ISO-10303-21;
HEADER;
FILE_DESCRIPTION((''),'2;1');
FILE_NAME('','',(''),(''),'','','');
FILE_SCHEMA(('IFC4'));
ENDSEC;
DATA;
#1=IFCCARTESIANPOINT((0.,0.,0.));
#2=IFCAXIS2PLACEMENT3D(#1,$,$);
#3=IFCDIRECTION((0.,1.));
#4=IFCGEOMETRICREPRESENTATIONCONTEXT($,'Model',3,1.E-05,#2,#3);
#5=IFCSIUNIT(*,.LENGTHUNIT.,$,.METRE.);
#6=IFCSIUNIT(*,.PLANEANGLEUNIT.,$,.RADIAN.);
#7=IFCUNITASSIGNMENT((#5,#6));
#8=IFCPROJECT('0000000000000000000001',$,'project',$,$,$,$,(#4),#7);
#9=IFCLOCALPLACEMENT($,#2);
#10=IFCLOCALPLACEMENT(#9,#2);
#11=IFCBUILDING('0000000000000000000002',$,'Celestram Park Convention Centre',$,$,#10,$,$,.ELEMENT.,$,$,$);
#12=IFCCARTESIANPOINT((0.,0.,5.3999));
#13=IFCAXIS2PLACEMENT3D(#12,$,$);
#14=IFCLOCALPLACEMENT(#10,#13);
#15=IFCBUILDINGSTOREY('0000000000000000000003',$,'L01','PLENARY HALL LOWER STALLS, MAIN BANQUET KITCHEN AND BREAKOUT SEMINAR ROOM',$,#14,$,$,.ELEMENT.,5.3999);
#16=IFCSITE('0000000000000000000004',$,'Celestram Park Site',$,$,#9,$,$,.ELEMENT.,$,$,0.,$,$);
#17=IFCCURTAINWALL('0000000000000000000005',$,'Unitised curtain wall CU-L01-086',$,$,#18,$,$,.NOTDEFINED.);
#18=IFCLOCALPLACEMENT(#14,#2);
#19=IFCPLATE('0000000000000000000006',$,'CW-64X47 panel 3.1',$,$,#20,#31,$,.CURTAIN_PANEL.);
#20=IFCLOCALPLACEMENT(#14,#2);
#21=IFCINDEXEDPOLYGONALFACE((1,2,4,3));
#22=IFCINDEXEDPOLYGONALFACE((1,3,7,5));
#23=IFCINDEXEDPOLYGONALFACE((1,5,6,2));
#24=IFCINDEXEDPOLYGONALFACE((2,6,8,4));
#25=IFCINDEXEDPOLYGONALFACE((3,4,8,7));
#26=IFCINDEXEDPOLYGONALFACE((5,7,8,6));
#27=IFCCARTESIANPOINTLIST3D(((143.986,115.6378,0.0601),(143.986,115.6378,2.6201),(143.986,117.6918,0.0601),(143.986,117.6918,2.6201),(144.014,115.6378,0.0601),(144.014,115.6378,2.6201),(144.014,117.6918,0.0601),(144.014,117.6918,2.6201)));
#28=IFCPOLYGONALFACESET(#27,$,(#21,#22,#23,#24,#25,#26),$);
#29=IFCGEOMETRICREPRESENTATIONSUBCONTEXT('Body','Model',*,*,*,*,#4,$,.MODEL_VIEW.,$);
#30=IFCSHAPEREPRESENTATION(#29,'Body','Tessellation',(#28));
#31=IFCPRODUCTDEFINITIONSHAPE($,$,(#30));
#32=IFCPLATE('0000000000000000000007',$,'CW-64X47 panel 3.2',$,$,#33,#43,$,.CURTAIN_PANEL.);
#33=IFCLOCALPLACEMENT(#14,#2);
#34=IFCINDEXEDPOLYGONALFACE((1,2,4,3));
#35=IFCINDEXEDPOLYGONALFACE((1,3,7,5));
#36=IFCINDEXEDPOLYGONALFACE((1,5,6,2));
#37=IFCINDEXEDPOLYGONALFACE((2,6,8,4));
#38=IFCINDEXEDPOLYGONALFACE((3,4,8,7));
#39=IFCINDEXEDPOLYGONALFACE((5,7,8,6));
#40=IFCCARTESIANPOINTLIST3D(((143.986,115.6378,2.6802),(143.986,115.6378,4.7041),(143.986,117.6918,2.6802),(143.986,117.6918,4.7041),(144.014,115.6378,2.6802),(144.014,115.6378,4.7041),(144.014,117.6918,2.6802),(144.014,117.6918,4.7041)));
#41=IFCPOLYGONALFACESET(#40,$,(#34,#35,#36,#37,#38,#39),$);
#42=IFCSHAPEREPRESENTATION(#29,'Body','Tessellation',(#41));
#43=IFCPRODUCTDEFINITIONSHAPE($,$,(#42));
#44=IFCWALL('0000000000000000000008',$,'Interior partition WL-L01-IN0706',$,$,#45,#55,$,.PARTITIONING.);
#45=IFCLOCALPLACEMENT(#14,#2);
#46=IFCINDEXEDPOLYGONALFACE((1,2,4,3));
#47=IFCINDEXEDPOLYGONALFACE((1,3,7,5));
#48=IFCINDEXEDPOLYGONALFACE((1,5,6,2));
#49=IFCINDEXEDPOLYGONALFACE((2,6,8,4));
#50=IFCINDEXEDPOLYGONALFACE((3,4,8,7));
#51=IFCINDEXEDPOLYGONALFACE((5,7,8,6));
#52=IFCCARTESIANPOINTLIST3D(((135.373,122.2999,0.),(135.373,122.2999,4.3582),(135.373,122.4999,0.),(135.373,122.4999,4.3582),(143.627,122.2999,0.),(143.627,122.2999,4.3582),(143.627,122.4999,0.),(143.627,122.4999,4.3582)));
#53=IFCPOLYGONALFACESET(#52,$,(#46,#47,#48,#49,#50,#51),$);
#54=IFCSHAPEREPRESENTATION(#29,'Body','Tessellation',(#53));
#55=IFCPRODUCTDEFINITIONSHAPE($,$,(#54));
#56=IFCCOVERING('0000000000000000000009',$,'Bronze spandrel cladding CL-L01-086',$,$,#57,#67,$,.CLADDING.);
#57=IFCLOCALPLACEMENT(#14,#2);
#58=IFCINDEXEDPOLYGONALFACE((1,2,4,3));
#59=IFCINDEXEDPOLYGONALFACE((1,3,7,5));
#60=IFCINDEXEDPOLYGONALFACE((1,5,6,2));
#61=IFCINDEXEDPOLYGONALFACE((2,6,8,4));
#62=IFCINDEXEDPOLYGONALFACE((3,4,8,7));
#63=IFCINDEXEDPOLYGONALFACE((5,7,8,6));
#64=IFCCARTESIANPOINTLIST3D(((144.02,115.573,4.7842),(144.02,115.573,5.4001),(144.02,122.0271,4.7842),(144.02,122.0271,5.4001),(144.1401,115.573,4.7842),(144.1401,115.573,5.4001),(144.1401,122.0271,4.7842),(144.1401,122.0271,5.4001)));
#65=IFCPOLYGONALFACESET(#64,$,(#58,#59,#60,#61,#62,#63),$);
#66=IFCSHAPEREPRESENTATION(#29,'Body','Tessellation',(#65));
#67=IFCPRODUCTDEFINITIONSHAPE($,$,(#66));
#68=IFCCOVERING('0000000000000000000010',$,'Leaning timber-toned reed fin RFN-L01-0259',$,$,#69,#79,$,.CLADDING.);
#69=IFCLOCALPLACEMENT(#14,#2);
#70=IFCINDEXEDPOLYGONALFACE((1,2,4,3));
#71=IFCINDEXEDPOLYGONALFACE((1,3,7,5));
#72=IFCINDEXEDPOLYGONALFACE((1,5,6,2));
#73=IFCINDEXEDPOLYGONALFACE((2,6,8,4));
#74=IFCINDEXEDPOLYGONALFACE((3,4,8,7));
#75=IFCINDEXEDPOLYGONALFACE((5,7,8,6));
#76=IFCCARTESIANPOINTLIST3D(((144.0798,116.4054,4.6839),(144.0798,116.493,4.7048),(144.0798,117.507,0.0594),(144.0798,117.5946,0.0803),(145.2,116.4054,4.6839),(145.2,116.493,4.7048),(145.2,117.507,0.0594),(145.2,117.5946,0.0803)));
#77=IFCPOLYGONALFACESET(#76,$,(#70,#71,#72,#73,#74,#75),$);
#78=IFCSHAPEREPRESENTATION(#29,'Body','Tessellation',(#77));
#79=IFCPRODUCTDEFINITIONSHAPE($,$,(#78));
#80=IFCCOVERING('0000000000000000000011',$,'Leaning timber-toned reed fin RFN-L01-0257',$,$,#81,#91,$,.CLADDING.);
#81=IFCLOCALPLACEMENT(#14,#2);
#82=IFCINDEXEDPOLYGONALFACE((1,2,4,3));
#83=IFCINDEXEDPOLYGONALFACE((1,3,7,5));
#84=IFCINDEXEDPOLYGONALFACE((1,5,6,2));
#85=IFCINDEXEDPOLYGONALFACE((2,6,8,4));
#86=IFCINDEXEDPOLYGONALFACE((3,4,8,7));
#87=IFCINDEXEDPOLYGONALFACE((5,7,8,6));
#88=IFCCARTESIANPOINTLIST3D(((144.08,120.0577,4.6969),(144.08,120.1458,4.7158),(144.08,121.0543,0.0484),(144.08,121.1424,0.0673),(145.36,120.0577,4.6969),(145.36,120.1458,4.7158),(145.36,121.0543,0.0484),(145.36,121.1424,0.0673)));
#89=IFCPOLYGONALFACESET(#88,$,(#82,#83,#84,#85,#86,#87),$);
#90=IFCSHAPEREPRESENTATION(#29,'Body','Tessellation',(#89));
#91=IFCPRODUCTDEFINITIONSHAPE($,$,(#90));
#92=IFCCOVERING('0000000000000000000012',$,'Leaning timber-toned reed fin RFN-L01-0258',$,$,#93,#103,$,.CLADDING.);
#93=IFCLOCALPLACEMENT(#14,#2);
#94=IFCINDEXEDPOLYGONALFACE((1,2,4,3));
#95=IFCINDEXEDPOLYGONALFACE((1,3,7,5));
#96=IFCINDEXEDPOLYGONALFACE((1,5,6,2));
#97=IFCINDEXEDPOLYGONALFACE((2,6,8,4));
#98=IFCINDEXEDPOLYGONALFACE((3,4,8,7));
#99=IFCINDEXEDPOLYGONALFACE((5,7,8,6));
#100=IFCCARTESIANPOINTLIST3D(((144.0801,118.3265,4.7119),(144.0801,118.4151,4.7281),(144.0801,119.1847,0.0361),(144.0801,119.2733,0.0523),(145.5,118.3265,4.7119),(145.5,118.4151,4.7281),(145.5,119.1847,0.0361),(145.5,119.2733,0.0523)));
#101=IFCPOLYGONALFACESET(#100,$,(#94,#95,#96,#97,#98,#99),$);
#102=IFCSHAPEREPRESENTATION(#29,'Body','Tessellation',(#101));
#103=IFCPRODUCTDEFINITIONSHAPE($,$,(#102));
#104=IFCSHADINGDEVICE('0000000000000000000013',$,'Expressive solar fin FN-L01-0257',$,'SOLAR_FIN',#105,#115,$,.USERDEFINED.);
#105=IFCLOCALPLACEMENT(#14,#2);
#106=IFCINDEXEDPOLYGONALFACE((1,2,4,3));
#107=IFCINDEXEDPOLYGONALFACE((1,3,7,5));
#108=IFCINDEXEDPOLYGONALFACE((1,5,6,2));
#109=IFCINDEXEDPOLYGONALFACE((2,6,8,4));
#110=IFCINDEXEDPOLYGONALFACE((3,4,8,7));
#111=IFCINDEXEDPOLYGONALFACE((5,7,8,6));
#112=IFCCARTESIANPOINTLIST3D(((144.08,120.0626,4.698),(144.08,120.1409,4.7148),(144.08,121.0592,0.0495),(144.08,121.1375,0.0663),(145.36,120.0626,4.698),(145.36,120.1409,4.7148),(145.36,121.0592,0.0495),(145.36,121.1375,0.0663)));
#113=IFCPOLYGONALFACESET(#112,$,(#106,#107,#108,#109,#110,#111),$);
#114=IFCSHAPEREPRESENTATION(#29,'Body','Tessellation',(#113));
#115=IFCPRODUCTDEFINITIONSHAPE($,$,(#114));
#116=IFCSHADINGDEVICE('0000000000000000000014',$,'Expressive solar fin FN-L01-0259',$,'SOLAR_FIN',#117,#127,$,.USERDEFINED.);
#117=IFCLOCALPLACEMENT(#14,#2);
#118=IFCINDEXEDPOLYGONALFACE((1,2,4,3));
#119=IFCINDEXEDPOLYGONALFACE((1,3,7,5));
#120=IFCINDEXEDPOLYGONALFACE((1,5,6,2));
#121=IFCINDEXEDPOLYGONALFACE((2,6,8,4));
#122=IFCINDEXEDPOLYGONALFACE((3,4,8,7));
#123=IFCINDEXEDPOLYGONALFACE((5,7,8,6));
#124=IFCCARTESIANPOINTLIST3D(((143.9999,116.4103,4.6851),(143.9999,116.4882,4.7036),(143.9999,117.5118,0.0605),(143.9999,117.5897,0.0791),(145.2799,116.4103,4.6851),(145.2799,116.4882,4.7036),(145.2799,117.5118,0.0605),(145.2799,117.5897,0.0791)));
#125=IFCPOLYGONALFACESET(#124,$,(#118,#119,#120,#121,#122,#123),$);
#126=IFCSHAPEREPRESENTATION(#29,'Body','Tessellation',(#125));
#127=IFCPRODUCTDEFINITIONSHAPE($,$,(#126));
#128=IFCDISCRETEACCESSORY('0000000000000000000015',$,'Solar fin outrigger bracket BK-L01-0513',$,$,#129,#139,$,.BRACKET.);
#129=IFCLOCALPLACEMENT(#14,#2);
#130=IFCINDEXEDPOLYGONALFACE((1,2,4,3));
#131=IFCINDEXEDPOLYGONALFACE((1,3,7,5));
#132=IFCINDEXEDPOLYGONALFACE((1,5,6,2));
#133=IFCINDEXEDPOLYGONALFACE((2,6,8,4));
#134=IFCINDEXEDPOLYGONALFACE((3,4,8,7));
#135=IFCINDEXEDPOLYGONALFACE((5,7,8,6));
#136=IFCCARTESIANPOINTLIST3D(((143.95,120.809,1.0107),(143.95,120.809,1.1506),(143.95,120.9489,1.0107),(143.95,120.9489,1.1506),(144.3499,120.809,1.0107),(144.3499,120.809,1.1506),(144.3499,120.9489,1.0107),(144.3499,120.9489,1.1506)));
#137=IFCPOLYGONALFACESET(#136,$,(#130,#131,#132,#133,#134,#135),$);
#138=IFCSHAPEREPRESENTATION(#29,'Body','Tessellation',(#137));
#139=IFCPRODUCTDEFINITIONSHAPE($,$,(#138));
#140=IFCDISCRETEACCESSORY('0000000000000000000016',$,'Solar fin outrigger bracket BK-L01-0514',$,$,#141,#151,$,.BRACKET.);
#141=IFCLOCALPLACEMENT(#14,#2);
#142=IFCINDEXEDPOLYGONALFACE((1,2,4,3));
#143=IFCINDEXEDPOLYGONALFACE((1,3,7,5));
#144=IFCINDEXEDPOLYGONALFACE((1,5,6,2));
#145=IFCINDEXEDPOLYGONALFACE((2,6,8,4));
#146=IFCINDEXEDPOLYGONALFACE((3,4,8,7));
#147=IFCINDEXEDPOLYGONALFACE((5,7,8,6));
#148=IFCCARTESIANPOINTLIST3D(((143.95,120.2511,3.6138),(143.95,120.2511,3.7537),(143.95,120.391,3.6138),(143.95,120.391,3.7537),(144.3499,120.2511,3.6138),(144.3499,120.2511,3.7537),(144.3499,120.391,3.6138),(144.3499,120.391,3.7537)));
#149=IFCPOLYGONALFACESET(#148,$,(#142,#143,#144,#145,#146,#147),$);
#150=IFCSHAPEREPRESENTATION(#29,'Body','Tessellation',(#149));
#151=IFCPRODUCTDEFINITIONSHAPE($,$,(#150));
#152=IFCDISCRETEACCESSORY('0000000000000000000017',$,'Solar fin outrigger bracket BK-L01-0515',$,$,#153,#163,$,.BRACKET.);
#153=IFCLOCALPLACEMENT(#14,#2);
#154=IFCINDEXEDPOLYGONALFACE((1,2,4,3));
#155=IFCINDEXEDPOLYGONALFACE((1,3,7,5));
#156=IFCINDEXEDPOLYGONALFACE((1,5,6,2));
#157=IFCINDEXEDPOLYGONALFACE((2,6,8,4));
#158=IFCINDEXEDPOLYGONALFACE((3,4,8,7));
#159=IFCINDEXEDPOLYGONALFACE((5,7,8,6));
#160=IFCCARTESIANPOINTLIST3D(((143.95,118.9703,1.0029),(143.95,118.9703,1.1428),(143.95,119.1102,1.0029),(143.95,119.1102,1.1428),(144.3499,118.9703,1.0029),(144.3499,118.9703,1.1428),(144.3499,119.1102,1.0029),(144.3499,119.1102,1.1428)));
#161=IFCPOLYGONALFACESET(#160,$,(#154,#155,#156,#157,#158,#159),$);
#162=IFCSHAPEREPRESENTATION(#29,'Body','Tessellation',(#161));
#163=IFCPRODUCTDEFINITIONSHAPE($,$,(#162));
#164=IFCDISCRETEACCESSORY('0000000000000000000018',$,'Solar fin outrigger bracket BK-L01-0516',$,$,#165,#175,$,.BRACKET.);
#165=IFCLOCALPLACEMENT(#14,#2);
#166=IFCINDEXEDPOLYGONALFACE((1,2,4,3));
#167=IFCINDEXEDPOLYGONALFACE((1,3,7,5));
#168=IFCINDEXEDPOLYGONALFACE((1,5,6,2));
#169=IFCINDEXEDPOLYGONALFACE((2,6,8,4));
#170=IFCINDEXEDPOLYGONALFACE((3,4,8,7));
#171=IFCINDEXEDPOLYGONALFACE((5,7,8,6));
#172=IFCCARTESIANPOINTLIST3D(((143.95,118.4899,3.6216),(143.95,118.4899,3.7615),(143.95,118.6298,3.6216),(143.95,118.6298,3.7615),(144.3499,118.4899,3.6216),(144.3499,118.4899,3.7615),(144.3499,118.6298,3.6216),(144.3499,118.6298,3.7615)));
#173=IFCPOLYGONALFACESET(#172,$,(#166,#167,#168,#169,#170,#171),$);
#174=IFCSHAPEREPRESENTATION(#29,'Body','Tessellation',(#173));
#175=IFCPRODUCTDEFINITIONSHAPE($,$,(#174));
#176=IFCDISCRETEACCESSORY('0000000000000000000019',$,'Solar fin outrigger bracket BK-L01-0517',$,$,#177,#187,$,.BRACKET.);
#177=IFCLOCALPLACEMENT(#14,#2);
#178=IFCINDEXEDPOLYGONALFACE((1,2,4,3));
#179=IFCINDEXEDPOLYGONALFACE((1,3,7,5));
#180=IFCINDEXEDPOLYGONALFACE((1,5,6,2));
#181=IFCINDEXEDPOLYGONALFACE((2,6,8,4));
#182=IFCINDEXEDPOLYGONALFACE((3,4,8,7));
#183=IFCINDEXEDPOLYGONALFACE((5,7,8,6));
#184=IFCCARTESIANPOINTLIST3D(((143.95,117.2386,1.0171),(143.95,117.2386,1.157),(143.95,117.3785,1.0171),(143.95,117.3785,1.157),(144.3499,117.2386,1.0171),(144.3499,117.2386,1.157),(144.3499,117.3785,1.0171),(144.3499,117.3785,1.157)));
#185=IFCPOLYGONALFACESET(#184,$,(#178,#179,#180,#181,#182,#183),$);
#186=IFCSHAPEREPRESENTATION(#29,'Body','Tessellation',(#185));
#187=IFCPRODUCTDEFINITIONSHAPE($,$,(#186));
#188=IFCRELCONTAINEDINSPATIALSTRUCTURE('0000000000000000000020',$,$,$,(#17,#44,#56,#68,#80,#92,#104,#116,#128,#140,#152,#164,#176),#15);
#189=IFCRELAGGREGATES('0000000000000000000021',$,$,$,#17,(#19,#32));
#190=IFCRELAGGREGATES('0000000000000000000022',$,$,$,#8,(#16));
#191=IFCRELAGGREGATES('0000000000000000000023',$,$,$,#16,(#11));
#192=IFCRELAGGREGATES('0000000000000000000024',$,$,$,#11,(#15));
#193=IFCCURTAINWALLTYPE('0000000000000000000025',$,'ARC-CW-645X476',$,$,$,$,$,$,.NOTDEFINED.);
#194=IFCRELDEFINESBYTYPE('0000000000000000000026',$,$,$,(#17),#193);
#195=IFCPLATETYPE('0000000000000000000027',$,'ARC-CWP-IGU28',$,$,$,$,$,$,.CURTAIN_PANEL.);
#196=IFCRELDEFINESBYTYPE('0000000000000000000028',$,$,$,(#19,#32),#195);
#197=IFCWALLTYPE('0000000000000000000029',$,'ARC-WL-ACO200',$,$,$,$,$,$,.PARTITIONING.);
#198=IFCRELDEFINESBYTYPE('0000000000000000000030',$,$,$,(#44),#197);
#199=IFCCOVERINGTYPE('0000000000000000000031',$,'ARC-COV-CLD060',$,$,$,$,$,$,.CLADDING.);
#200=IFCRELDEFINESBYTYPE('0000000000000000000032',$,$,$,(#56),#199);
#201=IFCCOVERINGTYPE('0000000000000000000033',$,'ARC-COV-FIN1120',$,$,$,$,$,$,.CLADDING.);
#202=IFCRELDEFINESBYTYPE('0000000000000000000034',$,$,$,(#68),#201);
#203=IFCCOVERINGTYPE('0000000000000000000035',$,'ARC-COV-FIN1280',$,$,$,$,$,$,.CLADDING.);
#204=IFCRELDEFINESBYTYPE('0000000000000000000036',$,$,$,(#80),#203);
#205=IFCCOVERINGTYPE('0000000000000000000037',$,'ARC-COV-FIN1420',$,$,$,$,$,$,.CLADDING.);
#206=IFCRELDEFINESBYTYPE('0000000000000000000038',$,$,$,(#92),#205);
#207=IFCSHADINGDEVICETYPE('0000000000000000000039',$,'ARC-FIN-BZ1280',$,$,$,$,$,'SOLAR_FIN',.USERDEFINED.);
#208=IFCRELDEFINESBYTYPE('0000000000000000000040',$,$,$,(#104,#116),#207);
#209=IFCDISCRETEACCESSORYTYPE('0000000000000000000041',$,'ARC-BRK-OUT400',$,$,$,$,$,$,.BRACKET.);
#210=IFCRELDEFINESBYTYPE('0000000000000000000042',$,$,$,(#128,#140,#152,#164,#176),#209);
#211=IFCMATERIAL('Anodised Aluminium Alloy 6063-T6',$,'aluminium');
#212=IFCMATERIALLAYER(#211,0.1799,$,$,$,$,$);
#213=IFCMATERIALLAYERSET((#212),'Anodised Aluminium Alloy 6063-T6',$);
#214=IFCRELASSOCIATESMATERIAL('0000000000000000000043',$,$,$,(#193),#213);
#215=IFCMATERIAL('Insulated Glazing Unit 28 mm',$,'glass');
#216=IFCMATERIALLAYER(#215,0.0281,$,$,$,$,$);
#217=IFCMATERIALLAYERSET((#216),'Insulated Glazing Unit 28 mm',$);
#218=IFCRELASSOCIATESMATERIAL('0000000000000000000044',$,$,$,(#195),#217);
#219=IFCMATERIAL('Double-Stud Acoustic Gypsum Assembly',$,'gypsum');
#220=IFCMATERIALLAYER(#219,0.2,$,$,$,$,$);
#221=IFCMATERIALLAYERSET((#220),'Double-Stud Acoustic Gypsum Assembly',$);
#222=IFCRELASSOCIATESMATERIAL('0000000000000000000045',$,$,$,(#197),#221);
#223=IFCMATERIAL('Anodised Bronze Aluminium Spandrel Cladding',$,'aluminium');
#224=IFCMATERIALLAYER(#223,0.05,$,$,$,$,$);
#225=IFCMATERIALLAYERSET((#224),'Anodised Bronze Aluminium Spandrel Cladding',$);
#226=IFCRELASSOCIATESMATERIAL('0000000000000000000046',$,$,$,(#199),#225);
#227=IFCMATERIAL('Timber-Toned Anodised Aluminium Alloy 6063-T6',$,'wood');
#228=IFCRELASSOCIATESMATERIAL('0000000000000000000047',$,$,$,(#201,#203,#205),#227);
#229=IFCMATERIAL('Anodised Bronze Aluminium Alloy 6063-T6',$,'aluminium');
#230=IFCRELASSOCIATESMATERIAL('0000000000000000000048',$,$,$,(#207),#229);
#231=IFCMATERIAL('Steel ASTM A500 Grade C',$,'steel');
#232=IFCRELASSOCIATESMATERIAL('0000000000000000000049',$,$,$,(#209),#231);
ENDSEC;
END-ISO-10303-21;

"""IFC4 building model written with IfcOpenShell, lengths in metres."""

from ifc_helpers import new_model, si_unit, direction, frame, frame_2d, origin, origin_2d, place, context, subcontext, project, spatial, rectangle, extrude, material, layer, layer_set, material_profile, profile_set, type_object, element, aggregate, save


model = new_model("IFC4")

# Units and contexts
model_context = context("Model", 3, precision=1e-05, world=origin(), true_north=direction((0.0, 1.0)))
body_context = subcontext(model_context, "Body", "Model", "MODEL_VIEW")
ifc_project = project(units=[si_unit("LENGTHUNIT", "METRE"), si_unit("PLANEANGLEUNIT", "RADIAN")], contexts=[model_context])

# Site, building, storey
site_placement = place(None, origin())
site = spatial("IfcSite", under=ifc_project, at=site_placement, Name="Celestram Park Site", CompositionType="ELEMENT", RefElevation=0.0)
building_placement = place(site_placement, origin())
building = spatial("IfcBuilding", under=site, at=building_placement, Name="Celestram Park Convention Centre", CompositionType="ELEMENT")
storey_placement = place(building_placement, frame((0.0, 0.0, 5.3999)))
storey = spatial("IfcBuildingStorey", under=building, at=storey_placement, Name="L01", Description="PLENARY HALL LOWER STALLS, MAIN BANQUET KITCHEN AND BREAKOUT SEMINAR ROOM", CompositionType="ELEMENT", Elevation=5.3999)

# Curtain wall
ifc_material_1 = material(Name="Anodised Aluminium Alloy 6063-T6", Category="aluminium")
ifc_layer_1 = layer(ifc_material_1, 0.1799)
ifc_layer_set_1 = layer_set([ifc_layer_1], Name="Anodised Aluminium Alloy 6063-T6")
curtain_wall_type_1 = type_object("IfcCurtainWallType", Name="ARC-CW-645X476", PredefinedType="NOTDEFINED", material=ifc_layer_set_1)
curtain_wall_1_placement = place(storey_placement, origin())
curtain_wall_1 = element("IfcCurtainWall", 1, at=curtain_wall_1_placement, inside=storey, type_object=curtain_wall_type_1, Name="Unitised curtain wall CU-L01-086", PredefinedType="NOTDEFINED")

# Plates
ifc_material_2 = material(Name="Insulated Glazing Unit 28 mm", Category="glass")
ifc_layer_2 = layer(ifc_material_2, 0.0281)
ifc_layer_set_2 = layer_set([ifc_layer_2], Name="Insulated Glazing Unit 28 mm")
plate_type = type_object("IfcPlateType", Name="ARC-CWP-IGU28", PredefinedType="CURTAIN_PANEL", material=ifc_layer_set_2)
plate_1_placement = place(storey_placement, frame((144.0, 116.6648, 0.0601), z_axis=(0.0, 0.0, 1.0), x_axis=(0.0, -1.0, 0.0)))
plate_1 = element("IfcPlate", 2, at=plate_1_placement, type_object=plate_type, Name="CW-64X47 panel 3.1", PredefinedType="CURTAIN_PANEL", context=body_context, shape_type="SweptSolid", body=[
    extrude(rectangle(XDim=2.054, YDim=0.0281, at=origin_2d()), origin(), (0.0, 0.0, 1.0), 2.5601),
])
plate_2_placement = place(storey_placement, frame((144.0, 116.6648, 2.6802), z_axis=(0.0, 0.0, 1.0), x_axis=(0.0, -1.0, 0.0)))
plate_2 = element("IfcPlate", 3, at=plate_2_placement, type_object=plate_type, Name="CW-64X47 panel 3.2", PredefinedType="CURTAIN_PANEL", context=body_context, shape_type="SweptSolid", body=[
    extrude(rectangle(XDim=2.054, YDim=0.0281, at=origin_2d()), origin(), (0.0, 0.0, 1.0), 2.0239),
])
aggregate(curtain_wall_1, [plate_1, plate_2])

# Wall
ifc_material_3 = material(Name="Double-Stud Acoustic Gypsum Assembly", Category="gypsum")
ifc_layer_3 = layer(ifc_material_3, 0.2)
ifc_layer_set_3 = layer_set([ifc_layer_3], Name="Double-Stud Acoustic Gypsum Assembly")
wall_type = type_object("IfcWallType", Name="ARC-WL-ACO200", PredefinedType="PARTITIONING", material=ifc_layer_set_3)
wall_placement = place(storey_placement, frame((135.373, 122.3999, 0.0), z_axis=(0.0, 0.0, 1.0), x_axis=(1.0, 0.0, 0.0)))
element("IfcWall", 4, at=wall_placement, inside=storey, type_object=wall_type, Name="Interior partition WL-L01-IN0706", PredefinedType="PARTITIONING", context=body_context, shape_type="SweptSolid", body=[
    extrude(rectangle(XDim=8.2539, YDim=0.2, at=frame_2d((4.127, 0.0))), origin(), (0.0, 0.0, 1.0), 4.3582),
])

# Coverings
ifc_material_4 = material(Name="Anodised Bronze Aluminium Spandrel Cladding", Category="aluminium")
ifc_layer_4 = layer(ifc_material_4, 0.05)
ifc_layer_set_4 = layer_set([ifc_layer_4], Name="Anodised Bronze Aluminium Spandrel Cladding")
covering_type_1 = type_object("IfcCoveringType", Name="ARC-COV-CLD060", PredefinedType="CLADDING", material=ifc_layer_set_4)
covering_1_placement = place(storey_placement, frame((144.0801, 118.8, 4.7842), z_axis=(0.0, 0.0, 1.0), x_axis=(0.0, -1.0, 0.0)))
element("IfcCovering", 5, at=covering_1_placement, inside=storey, type_object=covering_type_1, Name="Bronze spandrel cladding CL-L01-086", PredefinedType="CLADDING", context=body_context, shape_type="SweptSolid", body=[
    extrude(rectangle(XDim=6.4541, YDim=0.1201, at=origin_2d()), origin(), (0.0, 0.0, 1.0), 0.616),
])
ifc_material_5 = material(Name="Timber-Toned Anodised Aluminium Alloy 6063-T6", Category="wood")
ifc_material_profile_1 = material_profile(ifc_material_5, rectangle(XDim=1.1201, YDim=0.0901, at=origin_2d()), Name="REED1120X90")
ifc_profile_set_1 = profile_set([ifc_material_profile_1], Name="Timber-Toned Anodised Aluminium Alloy 6063-T6")
covering_type_2 = type_object("IfcCoveringType", Name="ARC-COV-FIN1120", PredefinedType="CLADDING", material=ifc_profile_set_1)
covering_2_placement = place(storey_placement, frame((144.6399, 117.5508, 0.0698), z_axis=(0.0, -0.231718, 0.972783), x_axis=(1.0, 0.0, 0.0)))
element("IfcCovering", 6, at=covering_2_placement, inside=storey, type_object=covering_type_2, Name="Leaning timber-toned reed fin RFN-L01-0259", PredefinedType="CLADDING", context=body_context, shape_type="SweptSolid", body=[
    extrude(rectangle(XDim=1.1201, YDim=0.0901, at=origin_2d()), origin(), (0.0, 0.0, 1.0), 4.7539),
])
ifc_material_profile_2 = material_profile(ifc_material_5, rectangle(XDim=1.28, YDim=0.0901, at=origin_2d()), Name="REED1280X90")
ifc_profile_set_2 = profile_set([ifc_material_profile_2], Name="Timber-Toned Anodised Aluminium Alloy 6063-T6")
covering_type_3 = type_object("IfcCoveringType", Name="ARC-COV-FIN1280", PredefinedType="CLADDING", material=ifc_profile_set_2)
covering_3_placement = place(storey_placement, frame((144.72, 121.0984, 0.0579), z_axis=(0.0, -0.209627, 0.977781), x_axis=(1.0, 0.0, 0.0)))
element("IfcCovering", 7, at=covering_3_placement, inside=storey, type_object=covering_type_3, Name="Leaning timber-toned reed fin RFN-L01-0257", PredefinedType="CLADDING", context=body_context, shape_type="SweptSolid", body=[
    extrude(rectangle(XDim=1.28, YDim=0.0901, at=origin_2d()), origin(), (0.0, 0.0, 1.0), 4.7542),
])
ifc_material_profile_3 = material_profile(ifc_material_5, rectangle(XDim=1.4199, YDim=0.0901, at=origin_2d()), Name="REED1420X90")
ifc_profile_set_3 = profile_set([ifc_material_profile_3], Name="Timber-Toned Anodised Aluminium Alloy 6063-T6")
covering_type_4 = type_object("IfcCoveringType", Name="ARC-COV-FIN1420", PredefinedType="CLADDING", material=ifc_profile_set_3)
covering_4_placement = place(storey_placement, frame((144.79, 119.229, 0.0442), z_axis=(0.0, -0.180517, 0.983572), x_axis=(1.0, 0.0, 0.0)))
element("IfcCovering", 8, at=covering_4_placement, inside=storey, type_object=covering_type_4, Name="Leaning timber-toned reed fin RFN-L01-0258", PredefinedType="CLADDING", context=body_context, shape_type="SweptSolid", body=[
    extrude(rectangle(XDim=1.4199, YDim=0.0901, at=origin_2d()), origin(), (0.0, 0.0, 1.0), 4.7539),
])

# Shading devices
ifc_material_6 = material(Name="Anodised Bronze Aluminium Alloy 6063-T6", Category="aluminium")
ifc_material_profile_4 = material_profile(ifc_material_6, rectangle(XDim=1.28, YDim=0.0801, at=origin_2d()), Name="FIN1280X80")
ifc_profile_set_4 = profile_set([ifc_material_profile_4], Name="Anodised Bronze Aluminium Alloy 6063-T6")
shading_device_type = type_object("IfcShadingDeviceType", Name="ARC-FIN-BZ1280", ElementType="SOLAR_FIN", PredefinedType="USERDEFINED", material=ifc_profile_set_4)
shading_device_1_placement = place(storey_placement, frame((144.72, 121.0984, 0.0579), z_axis=(0.0, -0.209627, 0.977781), x_axis=(1.0, 0.0, 0.0)))
element("IfcShadingDevice", 9, at=shading_device_1_placement, inside=storey, type_object=shading_device_type, Name="Expressive solar fin FN-L01-0257", ObjectType="SOLAR_FIN", PredefinedType="USERDEFINED", context=body_context, shape_type="SweptSolid", body=[
    extrude(rectangle(XDim=1.28, YDim=0.0801, at=origin_2d()), origin(), (0.0, 0.0, 1.0), 4.7542),
])
shading_device_2_placement = place(storey_placement, frame((144.6399, 117.5508, 0.0698), z_axis=(0.0, -0.231718, 0.972783), x_axis=(1.0, 0.0, 0.0)))
element("IfcShadingDevice", 10, at=shading_device_2_placement, inside=storey, type_object=shading_device_type, Name="Expressive solar fin FN-L01-0259", ObjectType="SOLAR_FIN", PredefinedType="USERDEFINED", context=body_context, shape_type="SweptSolid", body=[
    extrude(rectangle(XDim=1.28, YDim=0.0801, at=origin_2d()), origin(), (0.0, 0.0, 1.0), 4.7539),
])

# Discrete accessories
ifc_material_7 = material(Name="Steel ASTM A500 Grade C", Category="steel")
discrete_accessory_type = type_object("IfcDiscreteAccessoryType", Name="ARC-BRK-OUT400", PredefinedType="BRACKET", material=ifc_material_7)
for number, where, z_axis, x_axis, name in (
    (11, (144.1499, 120.8789, 1.0107), (0.0, 0.0, 1.0), (1.0, 0.0, 0.0), "Solar fin outrigger bracket BK-L01-0513"),
    (12, (144.1499, 120.321, 3.6138), (0.0, 0.0, 1.0), (1.0, 0.0, 0.0), "Solar fin outrigger bracket BK-L01-0514"),
    (13, (144.1499, 119.0403, 1.0029), (0.0, 0.0, 1.0), (1.0, 0.0, 0.0), "Solar fin outrigger bracket BK-L01-0515"),
    (14, (144.1499, 118.5598, 3.6216), (0.0, 0.0, 1.0), (1.0, 0.0, 0.0), "Solar fin outrigger bracket BK-L01-0516"),
    (15, (144.1499, 117.3086, 1.0171), (0.0, 0.0, 1.0), (1.0, 0.0, 0.0), "Solar fin outrigger bracket BK-L01-0517"),
):
    element("IfcDiscreteAccessory", number, at=place(storey_placement, frame(where, z_axis=z_axis, x_axis=x_axis)), inside=storey, type_object=discrete_accessory_type, Name=name, PredefinedType="BRACKET", context=body_context, shape_type="SweptSolid", body=[
        extrude(rectangle(XDim=0.3999, YDim=0.1399, at=origin_2d()), origin(), (0.0, 0.0, 1.0), 0.1399),
    ])

save(model, "model.ifc")
